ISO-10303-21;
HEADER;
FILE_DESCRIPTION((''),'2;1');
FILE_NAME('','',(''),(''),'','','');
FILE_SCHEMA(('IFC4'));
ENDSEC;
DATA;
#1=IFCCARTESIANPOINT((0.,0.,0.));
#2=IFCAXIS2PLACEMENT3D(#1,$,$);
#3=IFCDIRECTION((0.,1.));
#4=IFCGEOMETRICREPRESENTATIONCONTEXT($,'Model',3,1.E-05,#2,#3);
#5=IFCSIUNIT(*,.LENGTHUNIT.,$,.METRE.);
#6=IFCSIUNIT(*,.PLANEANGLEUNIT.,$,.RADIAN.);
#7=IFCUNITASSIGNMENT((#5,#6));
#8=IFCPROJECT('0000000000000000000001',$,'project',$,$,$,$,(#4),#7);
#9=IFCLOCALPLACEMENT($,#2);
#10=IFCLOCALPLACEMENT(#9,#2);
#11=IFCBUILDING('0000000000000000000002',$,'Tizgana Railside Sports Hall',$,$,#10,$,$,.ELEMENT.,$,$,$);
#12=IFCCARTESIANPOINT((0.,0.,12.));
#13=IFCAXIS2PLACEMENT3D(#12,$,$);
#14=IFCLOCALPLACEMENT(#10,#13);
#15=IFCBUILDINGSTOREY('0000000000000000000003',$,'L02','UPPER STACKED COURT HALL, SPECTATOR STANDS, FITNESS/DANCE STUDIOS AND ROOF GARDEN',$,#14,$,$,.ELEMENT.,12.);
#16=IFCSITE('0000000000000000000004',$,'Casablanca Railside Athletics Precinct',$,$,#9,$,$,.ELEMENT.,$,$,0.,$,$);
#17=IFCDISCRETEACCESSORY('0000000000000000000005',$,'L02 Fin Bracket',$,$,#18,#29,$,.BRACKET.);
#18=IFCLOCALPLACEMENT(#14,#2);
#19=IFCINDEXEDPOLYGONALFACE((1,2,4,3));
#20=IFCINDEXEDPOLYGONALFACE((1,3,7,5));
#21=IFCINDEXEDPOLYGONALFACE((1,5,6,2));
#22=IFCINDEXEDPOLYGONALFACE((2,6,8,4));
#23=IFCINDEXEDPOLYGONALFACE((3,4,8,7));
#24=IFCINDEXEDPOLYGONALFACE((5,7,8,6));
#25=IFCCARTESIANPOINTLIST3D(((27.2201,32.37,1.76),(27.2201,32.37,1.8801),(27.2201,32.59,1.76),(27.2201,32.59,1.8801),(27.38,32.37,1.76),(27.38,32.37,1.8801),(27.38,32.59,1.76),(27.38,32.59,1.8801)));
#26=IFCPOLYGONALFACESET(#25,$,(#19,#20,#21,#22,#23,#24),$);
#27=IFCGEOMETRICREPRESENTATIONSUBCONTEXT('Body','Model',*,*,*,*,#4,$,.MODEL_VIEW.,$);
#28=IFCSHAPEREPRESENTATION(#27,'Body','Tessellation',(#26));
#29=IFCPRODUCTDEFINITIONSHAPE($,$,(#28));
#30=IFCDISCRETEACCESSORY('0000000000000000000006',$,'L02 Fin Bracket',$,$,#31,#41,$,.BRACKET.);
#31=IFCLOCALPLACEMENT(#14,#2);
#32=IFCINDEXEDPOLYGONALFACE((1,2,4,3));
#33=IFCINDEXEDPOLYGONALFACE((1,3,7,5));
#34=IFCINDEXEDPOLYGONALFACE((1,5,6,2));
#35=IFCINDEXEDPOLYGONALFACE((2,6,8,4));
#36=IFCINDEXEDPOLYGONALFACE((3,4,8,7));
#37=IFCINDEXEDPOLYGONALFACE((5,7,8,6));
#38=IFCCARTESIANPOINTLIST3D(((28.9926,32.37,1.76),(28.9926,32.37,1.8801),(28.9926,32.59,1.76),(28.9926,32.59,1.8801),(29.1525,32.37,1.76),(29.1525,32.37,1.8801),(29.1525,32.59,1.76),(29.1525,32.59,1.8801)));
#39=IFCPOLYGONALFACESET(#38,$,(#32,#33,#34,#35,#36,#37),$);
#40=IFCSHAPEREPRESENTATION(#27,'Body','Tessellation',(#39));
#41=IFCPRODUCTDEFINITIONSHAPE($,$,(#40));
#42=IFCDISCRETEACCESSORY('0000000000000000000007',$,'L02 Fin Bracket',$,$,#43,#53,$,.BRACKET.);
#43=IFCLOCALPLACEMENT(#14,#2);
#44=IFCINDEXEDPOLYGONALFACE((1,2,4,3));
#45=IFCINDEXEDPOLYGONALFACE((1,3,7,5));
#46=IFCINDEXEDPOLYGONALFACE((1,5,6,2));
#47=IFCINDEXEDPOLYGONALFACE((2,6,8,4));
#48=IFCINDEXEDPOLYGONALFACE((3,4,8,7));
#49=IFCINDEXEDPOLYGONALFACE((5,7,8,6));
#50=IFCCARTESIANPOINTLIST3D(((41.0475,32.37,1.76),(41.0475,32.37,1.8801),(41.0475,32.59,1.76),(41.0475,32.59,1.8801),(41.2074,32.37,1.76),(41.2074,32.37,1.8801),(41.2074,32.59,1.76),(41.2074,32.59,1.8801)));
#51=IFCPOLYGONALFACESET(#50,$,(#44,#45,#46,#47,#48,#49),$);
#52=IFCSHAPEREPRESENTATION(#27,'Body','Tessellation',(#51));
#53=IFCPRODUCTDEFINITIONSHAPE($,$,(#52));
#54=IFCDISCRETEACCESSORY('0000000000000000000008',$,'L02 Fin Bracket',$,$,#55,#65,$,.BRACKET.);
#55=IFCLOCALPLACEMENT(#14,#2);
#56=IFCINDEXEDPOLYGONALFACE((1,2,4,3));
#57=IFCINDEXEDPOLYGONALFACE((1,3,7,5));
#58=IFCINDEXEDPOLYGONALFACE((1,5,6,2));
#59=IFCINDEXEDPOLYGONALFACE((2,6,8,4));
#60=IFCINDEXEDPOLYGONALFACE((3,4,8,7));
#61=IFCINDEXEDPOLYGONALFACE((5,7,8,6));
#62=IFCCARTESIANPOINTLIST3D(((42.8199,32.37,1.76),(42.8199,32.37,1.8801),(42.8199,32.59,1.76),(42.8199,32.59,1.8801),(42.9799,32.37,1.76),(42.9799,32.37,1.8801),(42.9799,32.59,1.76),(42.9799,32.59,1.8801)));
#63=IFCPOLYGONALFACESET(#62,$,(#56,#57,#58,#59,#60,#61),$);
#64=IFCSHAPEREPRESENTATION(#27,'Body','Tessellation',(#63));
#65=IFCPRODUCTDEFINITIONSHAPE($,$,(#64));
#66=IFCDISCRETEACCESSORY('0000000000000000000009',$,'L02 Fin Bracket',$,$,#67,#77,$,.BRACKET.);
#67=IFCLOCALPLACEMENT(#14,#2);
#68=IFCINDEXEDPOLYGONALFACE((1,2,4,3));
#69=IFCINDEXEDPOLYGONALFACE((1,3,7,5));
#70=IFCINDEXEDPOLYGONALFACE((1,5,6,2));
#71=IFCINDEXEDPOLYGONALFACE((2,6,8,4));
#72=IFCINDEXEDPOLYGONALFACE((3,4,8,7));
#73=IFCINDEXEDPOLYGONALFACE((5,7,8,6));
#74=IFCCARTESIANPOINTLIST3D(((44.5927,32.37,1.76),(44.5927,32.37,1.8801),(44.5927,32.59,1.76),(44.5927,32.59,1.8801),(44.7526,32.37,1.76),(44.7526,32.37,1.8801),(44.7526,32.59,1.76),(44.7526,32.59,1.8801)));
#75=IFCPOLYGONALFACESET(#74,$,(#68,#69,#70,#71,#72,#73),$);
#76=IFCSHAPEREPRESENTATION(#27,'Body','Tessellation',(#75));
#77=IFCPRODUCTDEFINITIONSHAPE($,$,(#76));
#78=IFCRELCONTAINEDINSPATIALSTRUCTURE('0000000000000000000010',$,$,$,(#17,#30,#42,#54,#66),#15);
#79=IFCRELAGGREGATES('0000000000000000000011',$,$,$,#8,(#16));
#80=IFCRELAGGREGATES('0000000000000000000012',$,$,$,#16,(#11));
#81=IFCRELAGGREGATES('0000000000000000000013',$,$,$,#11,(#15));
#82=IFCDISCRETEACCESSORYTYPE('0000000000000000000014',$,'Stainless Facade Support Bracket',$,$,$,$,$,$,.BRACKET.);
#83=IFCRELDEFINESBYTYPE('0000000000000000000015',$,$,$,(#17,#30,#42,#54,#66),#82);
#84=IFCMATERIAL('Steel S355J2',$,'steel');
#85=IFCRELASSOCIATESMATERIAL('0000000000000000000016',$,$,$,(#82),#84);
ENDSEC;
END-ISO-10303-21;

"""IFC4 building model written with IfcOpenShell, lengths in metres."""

from ifc_helpers import new_model, si_unit, direction, frame, origin, origin_2d, place, context, subcontext, project, spatial, rectangle, extrude, material, type_object, element, save


model = new_model("IFC4")

# Units and contexts
model_context = context("Model", 3, precision=1e-05, world=origin(), true_north=direction((0.0, 1.0)))
body_context = subcontext(model_context, "Body", "Model", "MODEL_VIEW")
ifc_project = project(units=[si_unit("LENGTHUNIT", "METRE"), si_unit("PLANEANGLEUNIT", "RADIAN")], contexts=[model_context])

# Site, building, storey
site_placement = place(None, origin())
site = spatial("IfcSite", under=ifc_project, at=site_placement, Name="Casablanca Railside Athletics Precinct", CompositionType="ELEMENT", RefElevation=0.0)
building_placement = place(site_placement, origin())
building = spatial("IfcBuilding", under=site, at=building_placement, Name="Tizgana Railside Sports Hall", CompositionType="ELEMENT")
storey_placement = place(building_placement, frame((0.0, 0.0, 12.0)))
storey = spatial("IfcBuildingStorey", under=building, at=storey_placement, Name="L02", Description="UPPER STACKED COURT HALL, SPECTATOR STANDS, FITNESS/DANCE STUDIOS AND ROOF GARDEN", CompositionType="ELEMENT", Elevation=12.0)

# Shared definitions
ifc_material_1 = material(Name="Steel S355J2", Category="steel")

# Discrete accessories
discrete_accessory_type = type_object("IfcDiscreteAccessoryType", Name="Stainless Facade Support Bracket", PredefinedType="BRACKET", material=ifc_material_1)
for number, where, z_axis, x_axis, name in (
    (1, (27.3, 32.48, 1.76), (0.0, 0.0, 1.0), (1.0, 0.0, 0.0), "L02 Fin Bracket"),
    (2, (29.0725, 32.48, 1.76), (0.0, 0.0, 1.0), (1.0, 0.0, 0.0), "L02 Fin Bracket"),
    (3, (41.1274, 32.48, 1.76), (0.0, 0.0, 1.0), (1.0, 0.0, 0.0), "L02 Fin Bracket"),
    (4, (42.8999, 32.48, 1.76), (0.0, 0.0, 1.0), (1.0, 0.0, 0.0), "L02 Fin Bracket"),
    (5, (44.6726, 32.48, 1.76), (0.0, 0.0, 1.0), (1.0, 0.0, 0.0), "L02 Fin Bracket"),
):
    element("IfcDiscreteAccessory", number, at=place(storey_placement, frame(where, z_axis=z_axis, x_axis=x_axis)), inside=storey, type_object=discrete_accessory_type, Name=name, PredefinedType="BRACKET", context=body_context, shape_type="SweptSolid", body=[
        extrude(rectangle(XDim=0.1599, YDim=0.22, at=origin_2d()), origin(), (0.0, 0.0, 1.0), 0.1201),
    ])

save(model, "model.ifc")
